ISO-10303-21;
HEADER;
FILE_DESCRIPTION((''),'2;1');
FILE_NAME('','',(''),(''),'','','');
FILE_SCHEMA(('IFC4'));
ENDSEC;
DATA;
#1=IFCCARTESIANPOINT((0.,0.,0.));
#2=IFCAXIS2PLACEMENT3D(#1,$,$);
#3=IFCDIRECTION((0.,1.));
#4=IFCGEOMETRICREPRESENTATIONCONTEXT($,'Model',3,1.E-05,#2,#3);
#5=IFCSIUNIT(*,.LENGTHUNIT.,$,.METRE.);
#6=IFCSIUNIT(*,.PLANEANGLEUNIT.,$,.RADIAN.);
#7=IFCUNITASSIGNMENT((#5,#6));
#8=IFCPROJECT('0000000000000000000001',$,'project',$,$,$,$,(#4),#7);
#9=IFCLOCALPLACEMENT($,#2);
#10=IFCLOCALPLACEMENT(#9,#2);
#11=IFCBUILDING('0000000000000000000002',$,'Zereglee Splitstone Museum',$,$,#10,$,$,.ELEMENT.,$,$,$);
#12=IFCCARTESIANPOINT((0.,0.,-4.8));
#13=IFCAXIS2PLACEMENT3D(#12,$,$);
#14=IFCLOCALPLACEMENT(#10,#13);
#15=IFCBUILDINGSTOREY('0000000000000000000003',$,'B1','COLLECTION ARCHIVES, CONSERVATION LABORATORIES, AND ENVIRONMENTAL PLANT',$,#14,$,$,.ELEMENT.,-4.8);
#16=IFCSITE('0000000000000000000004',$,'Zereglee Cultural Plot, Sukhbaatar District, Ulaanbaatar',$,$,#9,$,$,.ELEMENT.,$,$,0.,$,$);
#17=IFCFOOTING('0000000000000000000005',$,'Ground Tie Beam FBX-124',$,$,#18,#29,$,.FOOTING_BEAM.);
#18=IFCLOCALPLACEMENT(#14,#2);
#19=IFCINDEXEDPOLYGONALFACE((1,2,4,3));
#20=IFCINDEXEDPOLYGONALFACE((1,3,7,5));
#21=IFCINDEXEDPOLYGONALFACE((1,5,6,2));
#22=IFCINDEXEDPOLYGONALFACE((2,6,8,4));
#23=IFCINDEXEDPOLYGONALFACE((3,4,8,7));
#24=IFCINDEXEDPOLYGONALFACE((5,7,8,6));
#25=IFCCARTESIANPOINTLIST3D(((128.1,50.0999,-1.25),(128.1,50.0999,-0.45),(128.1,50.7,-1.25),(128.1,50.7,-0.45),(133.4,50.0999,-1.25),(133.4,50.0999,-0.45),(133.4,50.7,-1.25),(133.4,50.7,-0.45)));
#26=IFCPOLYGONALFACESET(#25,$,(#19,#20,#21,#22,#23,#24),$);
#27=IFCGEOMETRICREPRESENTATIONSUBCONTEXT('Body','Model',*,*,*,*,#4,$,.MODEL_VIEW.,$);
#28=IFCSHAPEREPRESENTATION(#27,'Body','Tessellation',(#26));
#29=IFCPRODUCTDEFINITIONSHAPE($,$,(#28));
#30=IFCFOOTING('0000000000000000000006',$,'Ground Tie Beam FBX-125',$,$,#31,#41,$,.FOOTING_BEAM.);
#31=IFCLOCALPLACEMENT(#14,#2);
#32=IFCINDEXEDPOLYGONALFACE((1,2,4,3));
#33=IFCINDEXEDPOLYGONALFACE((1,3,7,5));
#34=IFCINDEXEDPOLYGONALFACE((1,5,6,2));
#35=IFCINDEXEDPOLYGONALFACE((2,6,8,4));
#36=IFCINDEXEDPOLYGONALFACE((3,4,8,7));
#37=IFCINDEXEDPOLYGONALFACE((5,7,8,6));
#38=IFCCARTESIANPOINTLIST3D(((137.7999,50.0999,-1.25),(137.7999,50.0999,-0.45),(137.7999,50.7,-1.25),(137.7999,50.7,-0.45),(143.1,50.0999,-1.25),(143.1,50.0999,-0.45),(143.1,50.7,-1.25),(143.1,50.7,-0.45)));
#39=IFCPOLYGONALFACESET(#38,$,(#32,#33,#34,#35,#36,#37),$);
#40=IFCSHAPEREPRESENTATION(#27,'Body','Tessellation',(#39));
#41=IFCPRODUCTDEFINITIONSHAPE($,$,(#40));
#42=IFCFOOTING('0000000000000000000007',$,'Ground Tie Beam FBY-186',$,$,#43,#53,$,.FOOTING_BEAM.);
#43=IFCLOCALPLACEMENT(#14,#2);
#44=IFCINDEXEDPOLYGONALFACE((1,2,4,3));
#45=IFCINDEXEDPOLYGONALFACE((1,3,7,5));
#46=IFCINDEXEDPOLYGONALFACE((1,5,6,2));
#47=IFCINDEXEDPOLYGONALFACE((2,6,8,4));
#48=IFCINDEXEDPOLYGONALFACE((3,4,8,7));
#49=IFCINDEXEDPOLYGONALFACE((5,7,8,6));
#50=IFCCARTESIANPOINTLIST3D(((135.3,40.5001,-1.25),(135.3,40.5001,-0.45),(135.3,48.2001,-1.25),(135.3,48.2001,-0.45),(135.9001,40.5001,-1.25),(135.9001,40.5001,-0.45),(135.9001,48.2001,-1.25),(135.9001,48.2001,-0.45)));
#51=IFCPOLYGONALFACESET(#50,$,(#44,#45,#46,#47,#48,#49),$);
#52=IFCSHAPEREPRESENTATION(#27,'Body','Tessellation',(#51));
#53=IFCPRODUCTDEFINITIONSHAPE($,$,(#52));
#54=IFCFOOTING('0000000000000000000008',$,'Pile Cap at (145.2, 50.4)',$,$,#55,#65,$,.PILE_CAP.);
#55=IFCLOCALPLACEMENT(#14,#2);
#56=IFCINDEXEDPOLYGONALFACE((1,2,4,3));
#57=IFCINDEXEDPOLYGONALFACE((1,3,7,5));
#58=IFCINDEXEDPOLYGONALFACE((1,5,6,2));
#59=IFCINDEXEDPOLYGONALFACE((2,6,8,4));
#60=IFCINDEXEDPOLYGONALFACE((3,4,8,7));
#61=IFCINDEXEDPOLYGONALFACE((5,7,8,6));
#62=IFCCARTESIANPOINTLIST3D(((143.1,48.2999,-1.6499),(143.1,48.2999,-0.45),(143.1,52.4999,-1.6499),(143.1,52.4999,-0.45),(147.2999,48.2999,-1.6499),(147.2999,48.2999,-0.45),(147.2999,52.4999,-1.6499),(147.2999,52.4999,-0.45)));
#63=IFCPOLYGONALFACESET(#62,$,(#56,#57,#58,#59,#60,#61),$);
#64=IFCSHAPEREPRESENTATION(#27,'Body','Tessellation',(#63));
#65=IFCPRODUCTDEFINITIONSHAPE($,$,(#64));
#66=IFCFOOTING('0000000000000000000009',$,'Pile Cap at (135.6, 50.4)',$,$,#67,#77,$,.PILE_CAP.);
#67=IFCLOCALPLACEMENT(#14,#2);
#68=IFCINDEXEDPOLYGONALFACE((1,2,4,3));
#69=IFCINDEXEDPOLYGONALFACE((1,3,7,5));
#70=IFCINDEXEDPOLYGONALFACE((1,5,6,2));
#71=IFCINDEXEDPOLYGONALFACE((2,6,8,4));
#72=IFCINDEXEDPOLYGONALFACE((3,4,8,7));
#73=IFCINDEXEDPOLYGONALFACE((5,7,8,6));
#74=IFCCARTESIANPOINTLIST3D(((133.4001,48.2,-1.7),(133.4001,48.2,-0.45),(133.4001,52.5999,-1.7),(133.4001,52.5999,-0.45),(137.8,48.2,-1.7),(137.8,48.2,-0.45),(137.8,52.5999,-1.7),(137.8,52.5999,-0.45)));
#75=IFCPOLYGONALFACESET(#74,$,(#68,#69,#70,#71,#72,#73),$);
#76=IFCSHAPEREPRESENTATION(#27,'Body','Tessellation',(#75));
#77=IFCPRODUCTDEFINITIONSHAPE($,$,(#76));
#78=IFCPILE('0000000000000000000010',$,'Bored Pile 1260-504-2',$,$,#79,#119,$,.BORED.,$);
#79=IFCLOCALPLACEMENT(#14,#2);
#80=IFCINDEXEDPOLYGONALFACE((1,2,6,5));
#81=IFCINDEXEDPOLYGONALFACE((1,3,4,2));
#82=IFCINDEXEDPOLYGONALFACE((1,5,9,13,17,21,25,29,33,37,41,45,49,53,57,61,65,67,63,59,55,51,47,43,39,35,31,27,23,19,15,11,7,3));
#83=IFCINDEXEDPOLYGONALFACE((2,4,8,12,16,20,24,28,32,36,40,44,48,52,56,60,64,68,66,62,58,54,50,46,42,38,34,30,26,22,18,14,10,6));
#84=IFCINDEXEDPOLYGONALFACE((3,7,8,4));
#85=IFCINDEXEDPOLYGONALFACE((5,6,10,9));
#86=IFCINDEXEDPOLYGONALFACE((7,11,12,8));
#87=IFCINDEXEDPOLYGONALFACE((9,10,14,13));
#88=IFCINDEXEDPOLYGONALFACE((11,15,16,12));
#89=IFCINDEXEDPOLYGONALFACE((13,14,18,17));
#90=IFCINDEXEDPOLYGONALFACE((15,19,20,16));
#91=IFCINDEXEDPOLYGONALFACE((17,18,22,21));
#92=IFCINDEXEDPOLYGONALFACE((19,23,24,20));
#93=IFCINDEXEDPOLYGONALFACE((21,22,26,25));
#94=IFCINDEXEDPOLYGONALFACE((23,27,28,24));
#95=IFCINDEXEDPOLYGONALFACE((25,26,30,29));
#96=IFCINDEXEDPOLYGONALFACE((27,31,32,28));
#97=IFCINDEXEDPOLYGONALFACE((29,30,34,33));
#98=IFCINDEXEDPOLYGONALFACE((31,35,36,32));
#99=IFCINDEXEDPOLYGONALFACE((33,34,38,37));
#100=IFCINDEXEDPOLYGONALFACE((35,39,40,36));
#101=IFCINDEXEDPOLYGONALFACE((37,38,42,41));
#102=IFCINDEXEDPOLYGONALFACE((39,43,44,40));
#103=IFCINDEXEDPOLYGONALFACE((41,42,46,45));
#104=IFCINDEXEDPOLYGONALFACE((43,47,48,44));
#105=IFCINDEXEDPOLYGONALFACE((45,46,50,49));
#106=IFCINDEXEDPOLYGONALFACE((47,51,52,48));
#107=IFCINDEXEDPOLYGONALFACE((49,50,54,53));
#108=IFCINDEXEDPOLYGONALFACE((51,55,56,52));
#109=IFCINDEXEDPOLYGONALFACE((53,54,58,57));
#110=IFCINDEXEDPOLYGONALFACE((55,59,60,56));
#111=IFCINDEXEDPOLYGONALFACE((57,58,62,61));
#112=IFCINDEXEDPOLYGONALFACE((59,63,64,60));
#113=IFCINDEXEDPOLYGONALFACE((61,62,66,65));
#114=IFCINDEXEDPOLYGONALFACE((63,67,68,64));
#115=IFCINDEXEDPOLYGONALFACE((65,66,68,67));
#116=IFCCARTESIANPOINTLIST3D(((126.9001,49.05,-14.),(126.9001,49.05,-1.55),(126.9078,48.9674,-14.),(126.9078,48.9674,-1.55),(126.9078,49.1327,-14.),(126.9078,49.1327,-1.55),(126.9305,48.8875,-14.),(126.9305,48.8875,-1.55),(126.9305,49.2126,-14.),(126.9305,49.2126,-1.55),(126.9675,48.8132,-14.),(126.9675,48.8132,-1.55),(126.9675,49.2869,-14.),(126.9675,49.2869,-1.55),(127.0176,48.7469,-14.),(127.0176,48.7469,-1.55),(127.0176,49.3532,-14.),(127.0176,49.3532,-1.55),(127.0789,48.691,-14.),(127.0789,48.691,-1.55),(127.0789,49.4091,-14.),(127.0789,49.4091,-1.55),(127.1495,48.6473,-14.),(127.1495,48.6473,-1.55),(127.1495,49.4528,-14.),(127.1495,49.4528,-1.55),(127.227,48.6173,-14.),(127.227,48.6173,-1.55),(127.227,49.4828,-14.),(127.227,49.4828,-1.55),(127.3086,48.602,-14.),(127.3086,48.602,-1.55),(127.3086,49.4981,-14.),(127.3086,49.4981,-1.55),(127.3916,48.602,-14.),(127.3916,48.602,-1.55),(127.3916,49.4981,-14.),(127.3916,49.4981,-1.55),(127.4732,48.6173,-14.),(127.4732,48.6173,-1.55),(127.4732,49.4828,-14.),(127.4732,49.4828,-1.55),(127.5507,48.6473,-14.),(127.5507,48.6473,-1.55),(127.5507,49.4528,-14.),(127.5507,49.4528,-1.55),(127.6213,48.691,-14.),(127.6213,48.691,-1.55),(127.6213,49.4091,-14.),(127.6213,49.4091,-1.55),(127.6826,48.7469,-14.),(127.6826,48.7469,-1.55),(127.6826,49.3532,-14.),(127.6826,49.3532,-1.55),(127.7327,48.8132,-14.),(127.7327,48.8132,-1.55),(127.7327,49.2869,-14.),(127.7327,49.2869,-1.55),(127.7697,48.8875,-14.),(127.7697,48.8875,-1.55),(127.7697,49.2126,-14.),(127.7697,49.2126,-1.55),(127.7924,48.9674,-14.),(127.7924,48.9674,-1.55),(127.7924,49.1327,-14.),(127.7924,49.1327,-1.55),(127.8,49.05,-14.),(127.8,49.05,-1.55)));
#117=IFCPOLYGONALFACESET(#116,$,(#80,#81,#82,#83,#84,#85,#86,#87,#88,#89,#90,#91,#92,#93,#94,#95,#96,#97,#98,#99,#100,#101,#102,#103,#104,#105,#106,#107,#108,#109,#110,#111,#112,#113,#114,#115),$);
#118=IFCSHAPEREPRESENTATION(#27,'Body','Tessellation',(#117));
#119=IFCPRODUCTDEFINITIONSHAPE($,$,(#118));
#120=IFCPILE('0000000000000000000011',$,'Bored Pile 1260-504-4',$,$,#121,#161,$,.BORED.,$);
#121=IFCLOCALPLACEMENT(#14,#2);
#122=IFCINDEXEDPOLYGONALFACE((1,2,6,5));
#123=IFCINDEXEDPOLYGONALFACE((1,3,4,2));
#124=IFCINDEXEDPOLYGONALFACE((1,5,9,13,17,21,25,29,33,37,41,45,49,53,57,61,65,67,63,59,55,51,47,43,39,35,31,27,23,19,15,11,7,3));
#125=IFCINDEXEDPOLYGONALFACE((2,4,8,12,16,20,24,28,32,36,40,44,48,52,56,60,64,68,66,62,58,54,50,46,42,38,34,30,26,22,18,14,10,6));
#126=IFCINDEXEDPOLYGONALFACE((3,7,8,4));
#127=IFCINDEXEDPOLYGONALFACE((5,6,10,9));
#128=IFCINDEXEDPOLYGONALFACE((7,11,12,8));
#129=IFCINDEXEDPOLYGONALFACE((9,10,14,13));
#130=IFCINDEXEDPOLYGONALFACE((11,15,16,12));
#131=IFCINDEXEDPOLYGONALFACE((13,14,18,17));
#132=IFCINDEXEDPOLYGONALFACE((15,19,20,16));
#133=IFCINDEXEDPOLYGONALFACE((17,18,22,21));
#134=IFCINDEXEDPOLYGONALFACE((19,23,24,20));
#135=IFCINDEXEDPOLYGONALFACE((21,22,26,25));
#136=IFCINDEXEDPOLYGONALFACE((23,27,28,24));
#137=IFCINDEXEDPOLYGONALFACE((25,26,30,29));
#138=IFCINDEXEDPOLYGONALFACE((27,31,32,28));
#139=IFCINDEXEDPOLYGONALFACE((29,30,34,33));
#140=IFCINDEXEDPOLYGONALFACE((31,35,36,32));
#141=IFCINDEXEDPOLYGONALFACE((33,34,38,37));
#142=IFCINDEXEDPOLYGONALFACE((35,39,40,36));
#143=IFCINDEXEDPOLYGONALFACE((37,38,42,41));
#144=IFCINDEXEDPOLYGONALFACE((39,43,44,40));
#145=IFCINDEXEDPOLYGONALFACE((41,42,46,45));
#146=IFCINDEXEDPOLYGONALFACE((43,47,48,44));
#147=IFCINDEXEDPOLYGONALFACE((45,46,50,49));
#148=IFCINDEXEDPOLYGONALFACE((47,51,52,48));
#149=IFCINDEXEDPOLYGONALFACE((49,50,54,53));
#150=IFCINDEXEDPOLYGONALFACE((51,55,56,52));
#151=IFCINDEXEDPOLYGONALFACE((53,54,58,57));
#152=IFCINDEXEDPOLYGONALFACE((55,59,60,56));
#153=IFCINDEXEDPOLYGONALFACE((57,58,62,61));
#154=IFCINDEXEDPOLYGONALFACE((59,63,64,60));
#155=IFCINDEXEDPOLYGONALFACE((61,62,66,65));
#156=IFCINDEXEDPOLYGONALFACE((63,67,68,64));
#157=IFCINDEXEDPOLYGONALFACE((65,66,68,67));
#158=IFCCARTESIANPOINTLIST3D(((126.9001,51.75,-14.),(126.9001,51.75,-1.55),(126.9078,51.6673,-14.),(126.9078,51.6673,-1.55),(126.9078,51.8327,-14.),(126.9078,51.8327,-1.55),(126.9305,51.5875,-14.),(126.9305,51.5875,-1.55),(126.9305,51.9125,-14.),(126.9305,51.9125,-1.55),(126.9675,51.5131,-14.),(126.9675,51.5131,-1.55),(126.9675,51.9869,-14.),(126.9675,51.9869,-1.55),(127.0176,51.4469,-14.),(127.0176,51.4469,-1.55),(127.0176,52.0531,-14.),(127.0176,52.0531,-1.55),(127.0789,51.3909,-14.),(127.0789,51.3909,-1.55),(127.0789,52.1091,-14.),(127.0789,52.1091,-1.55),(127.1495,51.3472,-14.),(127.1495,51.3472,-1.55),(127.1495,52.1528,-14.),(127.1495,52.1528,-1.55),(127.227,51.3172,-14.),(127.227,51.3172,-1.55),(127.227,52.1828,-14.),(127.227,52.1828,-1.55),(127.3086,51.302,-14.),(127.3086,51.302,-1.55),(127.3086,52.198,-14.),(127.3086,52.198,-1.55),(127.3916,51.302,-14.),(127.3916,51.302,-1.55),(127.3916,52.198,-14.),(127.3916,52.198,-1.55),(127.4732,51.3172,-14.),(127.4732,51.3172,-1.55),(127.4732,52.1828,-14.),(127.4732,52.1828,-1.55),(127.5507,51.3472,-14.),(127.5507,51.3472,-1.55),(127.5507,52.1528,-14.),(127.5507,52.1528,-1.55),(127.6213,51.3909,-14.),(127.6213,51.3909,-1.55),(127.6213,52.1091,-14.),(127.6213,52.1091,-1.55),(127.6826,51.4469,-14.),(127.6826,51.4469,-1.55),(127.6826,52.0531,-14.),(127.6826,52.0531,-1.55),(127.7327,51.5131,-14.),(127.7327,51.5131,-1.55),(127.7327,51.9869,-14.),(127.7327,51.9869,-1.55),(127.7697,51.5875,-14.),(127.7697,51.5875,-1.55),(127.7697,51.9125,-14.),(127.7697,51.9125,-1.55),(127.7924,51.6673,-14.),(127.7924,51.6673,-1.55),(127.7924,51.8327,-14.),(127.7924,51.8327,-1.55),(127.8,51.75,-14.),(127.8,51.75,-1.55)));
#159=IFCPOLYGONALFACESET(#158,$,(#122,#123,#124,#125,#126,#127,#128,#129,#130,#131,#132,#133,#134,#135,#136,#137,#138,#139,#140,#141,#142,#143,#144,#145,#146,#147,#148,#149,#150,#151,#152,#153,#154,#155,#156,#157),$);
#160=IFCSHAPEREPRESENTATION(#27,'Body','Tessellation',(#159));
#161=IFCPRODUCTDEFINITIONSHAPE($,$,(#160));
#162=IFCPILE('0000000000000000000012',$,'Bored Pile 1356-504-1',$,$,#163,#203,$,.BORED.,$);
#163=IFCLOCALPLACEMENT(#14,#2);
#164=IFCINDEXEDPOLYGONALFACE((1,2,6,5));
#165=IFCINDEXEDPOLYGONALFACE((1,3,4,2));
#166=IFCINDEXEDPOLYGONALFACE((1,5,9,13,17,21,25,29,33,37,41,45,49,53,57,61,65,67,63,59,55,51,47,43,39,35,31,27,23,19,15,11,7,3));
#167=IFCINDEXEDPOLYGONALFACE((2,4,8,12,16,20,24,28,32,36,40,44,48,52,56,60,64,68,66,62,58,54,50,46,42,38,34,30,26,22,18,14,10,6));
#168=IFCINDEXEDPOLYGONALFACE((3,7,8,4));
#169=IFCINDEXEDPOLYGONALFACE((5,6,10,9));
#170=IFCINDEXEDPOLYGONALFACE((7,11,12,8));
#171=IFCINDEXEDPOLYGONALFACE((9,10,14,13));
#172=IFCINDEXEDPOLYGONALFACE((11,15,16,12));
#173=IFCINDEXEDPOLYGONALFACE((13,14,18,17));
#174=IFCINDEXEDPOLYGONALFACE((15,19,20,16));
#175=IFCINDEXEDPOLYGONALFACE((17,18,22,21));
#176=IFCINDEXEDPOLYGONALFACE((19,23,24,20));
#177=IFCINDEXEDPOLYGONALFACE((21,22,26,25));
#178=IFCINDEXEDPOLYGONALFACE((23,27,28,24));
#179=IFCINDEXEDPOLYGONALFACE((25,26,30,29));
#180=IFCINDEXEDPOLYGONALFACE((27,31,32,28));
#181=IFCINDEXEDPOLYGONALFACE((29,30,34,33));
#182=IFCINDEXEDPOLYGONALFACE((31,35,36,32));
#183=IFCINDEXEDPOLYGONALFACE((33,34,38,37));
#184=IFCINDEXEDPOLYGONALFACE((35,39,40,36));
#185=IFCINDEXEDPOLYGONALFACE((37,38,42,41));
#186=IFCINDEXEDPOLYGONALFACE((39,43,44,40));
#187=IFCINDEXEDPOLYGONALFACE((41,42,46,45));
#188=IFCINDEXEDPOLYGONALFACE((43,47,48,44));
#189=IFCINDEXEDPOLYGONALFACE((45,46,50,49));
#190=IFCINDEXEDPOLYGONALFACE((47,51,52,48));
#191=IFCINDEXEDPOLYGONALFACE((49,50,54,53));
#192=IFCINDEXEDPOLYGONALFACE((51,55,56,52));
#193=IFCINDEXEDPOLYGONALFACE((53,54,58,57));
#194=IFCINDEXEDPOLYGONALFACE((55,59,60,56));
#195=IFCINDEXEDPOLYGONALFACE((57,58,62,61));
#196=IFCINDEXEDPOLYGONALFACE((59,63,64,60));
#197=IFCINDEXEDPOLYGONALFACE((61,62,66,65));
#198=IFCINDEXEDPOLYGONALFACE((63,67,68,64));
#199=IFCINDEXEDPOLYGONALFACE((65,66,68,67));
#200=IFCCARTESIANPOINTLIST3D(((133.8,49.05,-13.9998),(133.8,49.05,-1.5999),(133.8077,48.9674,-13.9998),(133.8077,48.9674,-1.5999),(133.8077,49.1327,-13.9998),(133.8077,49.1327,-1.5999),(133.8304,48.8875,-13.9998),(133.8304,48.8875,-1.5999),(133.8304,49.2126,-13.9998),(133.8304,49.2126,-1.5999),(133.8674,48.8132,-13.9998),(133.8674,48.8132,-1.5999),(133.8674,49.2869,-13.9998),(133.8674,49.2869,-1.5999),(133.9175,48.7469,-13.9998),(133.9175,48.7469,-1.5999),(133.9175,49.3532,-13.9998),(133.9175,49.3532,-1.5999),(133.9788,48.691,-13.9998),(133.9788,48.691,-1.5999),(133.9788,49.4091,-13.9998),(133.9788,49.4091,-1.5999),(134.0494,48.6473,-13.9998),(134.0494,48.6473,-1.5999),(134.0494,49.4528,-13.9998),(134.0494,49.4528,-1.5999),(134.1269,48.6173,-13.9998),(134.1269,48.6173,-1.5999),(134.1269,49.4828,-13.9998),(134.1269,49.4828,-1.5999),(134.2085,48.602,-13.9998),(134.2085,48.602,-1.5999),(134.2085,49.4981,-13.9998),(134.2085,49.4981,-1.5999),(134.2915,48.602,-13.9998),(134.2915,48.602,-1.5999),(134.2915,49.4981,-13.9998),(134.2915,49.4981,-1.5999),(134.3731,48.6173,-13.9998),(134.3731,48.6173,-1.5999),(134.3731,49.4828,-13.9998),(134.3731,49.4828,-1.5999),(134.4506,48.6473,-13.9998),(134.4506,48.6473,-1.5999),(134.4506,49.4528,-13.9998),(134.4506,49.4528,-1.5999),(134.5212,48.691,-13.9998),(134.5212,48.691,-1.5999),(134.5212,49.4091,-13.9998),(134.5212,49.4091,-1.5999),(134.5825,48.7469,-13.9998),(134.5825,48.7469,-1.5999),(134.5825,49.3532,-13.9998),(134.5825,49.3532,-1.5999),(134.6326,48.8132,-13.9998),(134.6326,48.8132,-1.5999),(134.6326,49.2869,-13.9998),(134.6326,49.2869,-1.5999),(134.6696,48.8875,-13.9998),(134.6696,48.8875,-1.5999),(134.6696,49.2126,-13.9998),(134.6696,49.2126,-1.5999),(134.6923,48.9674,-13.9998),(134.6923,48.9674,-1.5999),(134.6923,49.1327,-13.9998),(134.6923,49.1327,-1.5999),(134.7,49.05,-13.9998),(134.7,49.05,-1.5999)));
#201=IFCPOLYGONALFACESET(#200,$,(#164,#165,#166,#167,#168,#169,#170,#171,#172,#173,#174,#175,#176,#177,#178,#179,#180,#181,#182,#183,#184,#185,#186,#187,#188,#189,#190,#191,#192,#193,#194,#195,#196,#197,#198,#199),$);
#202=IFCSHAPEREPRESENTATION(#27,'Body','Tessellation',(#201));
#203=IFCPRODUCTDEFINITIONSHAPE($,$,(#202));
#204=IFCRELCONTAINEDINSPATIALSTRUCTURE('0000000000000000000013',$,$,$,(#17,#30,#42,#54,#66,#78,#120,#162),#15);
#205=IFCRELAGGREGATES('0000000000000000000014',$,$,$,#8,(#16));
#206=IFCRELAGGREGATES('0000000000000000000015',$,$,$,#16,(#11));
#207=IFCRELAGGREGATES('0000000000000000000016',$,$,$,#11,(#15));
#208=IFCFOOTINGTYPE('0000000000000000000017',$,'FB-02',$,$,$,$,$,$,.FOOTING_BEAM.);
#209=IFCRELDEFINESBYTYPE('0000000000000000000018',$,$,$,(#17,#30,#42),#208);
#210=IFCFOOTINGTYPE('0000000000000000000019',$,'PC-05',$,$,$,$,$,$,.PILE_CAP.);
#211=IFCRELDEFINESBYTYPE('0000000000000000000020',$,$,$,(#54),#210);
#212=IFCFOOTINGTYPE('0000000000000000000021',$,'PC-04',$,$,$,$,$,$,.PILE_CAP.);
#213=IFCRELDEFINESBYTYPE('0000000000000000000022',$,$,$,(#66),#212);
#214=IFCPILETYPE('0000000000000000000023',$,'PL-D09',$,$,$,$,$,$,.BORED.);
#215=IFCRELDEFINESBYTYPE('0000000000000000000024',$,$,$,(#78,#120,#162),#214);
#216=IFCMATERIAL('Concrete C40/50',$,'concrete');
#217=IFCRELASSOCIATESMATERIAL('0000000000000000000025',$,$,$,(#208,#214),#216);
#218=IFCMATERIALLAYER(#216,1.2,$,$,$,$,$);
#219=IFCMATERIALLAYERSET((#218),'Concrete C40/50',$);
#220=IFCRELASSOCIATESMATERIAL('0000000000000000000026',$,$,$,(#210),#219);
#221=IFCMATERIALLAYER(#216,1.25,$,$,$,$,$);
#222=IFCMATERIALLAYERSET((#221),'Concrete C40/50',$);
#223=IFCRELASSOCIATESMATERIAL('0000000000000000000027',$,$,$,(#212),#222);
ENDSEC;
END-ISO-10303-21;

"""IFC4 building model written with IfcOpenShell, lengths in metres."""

from ifc_helpers import new_model, si_unit, direction, frame, origin, origin_2d, place, context, subcontext, project, spatial, rectangle, circle, extrude, material, layer, layer_set, material_profile, profile_set, type_object, element, save


model = new_model("IFC4")

# Units and contexts
model_context = context("Model", 3, precision=1e-05, world=origin(), true_north=direction((0.0, 1.0)))
body_context = subcontext(model_context, "Body", "Model", "MODEL_VIEW")
ifc_project = project(units=[si_unit("LENGTHUNIT", "METRE"), si_unit("PLANEANGLEUNIT", "RADIAN")], contexts=[model_context])

# Site, building, storey
site_placement = place(None, origin())
site = spatial("IfcSite", under=ifc_project, at=site_placement, Name="Zereglee Cultural Plot, Sukhbaatar District, Ulaanbaatar", CompositionType="ELEMENT", RefElevation=0.0)
building_placement = place(site_placement, origin())
building = spatial("IfcBuilding", under=site, at=building_placement, Name="Zereglee Splitstone Museum", CompositionType="ELEMENT")
storey_placement = place(building_placement, frame((0.0, 0.0, -4.8)))
storey = spatial("IfcBuildingStorey", under=building, at=storey_placement, Name="B1", Description="COLLECTION ARCHIVES, CONSERVATION LABORATORIES, AND ENVIRONMENTAL PLANT", CompositionType="ELEMENT", Elevation=-4.8)

# Footings
ifc_material_1 = material(Name="Concrete C40/50", Category="concrete")
footing_type_1 = type_object("IfcFootingType", Name="FB-02", PredefinedType="FOOTING_BEAM", material=ifc_material_1)
for number, where, z_axis, x_axis, name in (
    (1, (130.75, 50.3999, -1.25), (0.0, 0.0, 1.0), (1.0, 0.0, 0.0), "Ground Tie Beam FBX-124"),
    (2, (140.45, 50.3999, -1.25), (0.0, 0.0, 1.0), (1.0, 0.0, 0.0), "Ground Tie Beam FBX-125"),
):
    element("IfcFooting", number, at=place(storey_placement, frame(where, z_axis=z_axis, x_axis=x_axis)), inside=storey, type_object=footing_type_1, Name=name, PredefinedType="FOOTING_BEAM", context=body_context, shape_type="SweptSolid", body=[
        extrude(rectangle(XDim=5.3, YDim=0.6001, at=origin_2d()), origin(), (0.0, 0.0, 1.0), 0.8),
    ])
footing_1_placement = place(storey_placement, frame((135.6001, 44.3501, -1.25), z_axis=(0.0, 0.0, 1.0), x_axis=(0.0, 1.0, 0.0)))
element("IfcFooting", 3, at=footing_1_placement, inside=storey, type_object=footing_type_1, Name="Ground Tie Beam FBY-186", PredefinedType="FOOTING_BEAM", context=body_context, shape_type="SweptSolid", body=[
    extrude(rectangle(XDim=7.7, YDim=0.6001, at=origin_2d()), origin(), (0.0, 0.0, 1.0), 0.8),
])
ifc_layer_1 = layer(ifc_material_1, 1.2)
ifc_layer_set_1 = layer_set([ifc_layer_1], Name="Concrete C40/50")
footing_type_2 = type_object("IfcFootingType", Name="PC-05", PredefinedType="PILE_CAP", material=ifc_layer_set_1)
footing_2_placement = place(storey_placement, frame((145.2, 50.3999, -1.6499), z_axis=(0.0, 0.0, 1.0), x_axis=(1.0, 0.0, 0.0)))
element("IfcFooting", 4, at=footing_2_placement, inside=storey, type_object=footing_type_2, Name="Pile Cap at (145.2, 50.4)", PredefinedType="PILE_CAP", context=body_context, shape_type="SweptSolid", body=[
    extrude(rectangle(XDim=4.2, YDim=4.2, at=origin_2d()), origin(), (0.0, 0.0, 1.0), 1.2),
])
ifc_layer_2 = layer(ifc_material_1, 1.25)
ifc_layer_set_2 = layer_set([ifc_layer_2], Name="Concrete C40/50")
footing_type_3 = type_object("IfcFootingType", Name="PC-04", PredefinedType="PILE_CAP", material=ifc_layer_set_2)
footing_3_placement = place(storey_placement, frame((135.6001, 50.3999, -1.7), z_axis=(0.0, 0.0, 1.0), x_axis=(1.0, 0.0, 0.0)))
element("IfcFooting", 5, at=footing_3_placement, inside=storey, type_object=footing_type_3, Name="Pile Cap at (135.6, 50.4)", PredefinedType="PILE_CAP", context=body_context, shape_type="SweptSolid", body=[
    extrude(rectangle(XDim=4.3999, YDim=4.3999, at=origin_2d()), origin(), (0.0, 0.0, 1.0), 1.25),
])

# Piles
ifc_material_profile_1 = material_profile(ifc_material_1, circle(Radius=0.45, at=origin_2d()), Name="PILE D900")
ifc_profile_set_1 = profile_set([ifc_material_profile_1], Name="Concrete C40/50")
pile_type = type_object("IfcPileType", Name="PL-D09", PredefinedType="BORED", material=ifc_profile_set_1)
for number, where, z_axis, x_axis, name in (
    (6, (127.3501, 49.05, -1.55), (0.0, 0.0, -1.0), (1.0, 0.0, 0.0), "Bored Pile 1260-504-2"),
    (7, (127.3501, 51.75, -1.55), (0.0, 0.0, -1.0), (1.0, 0.0, 0.0), "Bored Pile 1260-504-4"),
):
    element("IfcPile", number, at=place(storey_placement, frame(where, z_axis=z_axis, x_axis=x_axis)), inside=storey, type_object=pile_type, Name=name, PredefinedType="BORED", context=body_context, shape_type="SweptSolid", body=[
        extrude(circle(Radius=0.45, at=origin_2d()), origin(), (0.0, 0.0, 1.0), 12.45),
    ])
for number, where, z_axis, x_axis, name in (
    (8, (134.25, 49.05, -1.5999), (0.0, 0.0, -1.0), (1.0, 0.0, 0.0), "Bored Pile 1356-504-1"),
):
    element("IfcPile", number, at=place(storey_placement, frame(where, z_axis=z_axis, x_axis=x_axis)), inside=storey, type_object=pile_type, Name=name, PredefinedType="BORED", context=body_context, shape_type="SweptSolid", body=[
        extrude(circle(Radius=0.45, at=origin_2d()), origin(), (0.0, 0.0, 1.0), 12.3999),
    ])

save(model, "model.ifc")
